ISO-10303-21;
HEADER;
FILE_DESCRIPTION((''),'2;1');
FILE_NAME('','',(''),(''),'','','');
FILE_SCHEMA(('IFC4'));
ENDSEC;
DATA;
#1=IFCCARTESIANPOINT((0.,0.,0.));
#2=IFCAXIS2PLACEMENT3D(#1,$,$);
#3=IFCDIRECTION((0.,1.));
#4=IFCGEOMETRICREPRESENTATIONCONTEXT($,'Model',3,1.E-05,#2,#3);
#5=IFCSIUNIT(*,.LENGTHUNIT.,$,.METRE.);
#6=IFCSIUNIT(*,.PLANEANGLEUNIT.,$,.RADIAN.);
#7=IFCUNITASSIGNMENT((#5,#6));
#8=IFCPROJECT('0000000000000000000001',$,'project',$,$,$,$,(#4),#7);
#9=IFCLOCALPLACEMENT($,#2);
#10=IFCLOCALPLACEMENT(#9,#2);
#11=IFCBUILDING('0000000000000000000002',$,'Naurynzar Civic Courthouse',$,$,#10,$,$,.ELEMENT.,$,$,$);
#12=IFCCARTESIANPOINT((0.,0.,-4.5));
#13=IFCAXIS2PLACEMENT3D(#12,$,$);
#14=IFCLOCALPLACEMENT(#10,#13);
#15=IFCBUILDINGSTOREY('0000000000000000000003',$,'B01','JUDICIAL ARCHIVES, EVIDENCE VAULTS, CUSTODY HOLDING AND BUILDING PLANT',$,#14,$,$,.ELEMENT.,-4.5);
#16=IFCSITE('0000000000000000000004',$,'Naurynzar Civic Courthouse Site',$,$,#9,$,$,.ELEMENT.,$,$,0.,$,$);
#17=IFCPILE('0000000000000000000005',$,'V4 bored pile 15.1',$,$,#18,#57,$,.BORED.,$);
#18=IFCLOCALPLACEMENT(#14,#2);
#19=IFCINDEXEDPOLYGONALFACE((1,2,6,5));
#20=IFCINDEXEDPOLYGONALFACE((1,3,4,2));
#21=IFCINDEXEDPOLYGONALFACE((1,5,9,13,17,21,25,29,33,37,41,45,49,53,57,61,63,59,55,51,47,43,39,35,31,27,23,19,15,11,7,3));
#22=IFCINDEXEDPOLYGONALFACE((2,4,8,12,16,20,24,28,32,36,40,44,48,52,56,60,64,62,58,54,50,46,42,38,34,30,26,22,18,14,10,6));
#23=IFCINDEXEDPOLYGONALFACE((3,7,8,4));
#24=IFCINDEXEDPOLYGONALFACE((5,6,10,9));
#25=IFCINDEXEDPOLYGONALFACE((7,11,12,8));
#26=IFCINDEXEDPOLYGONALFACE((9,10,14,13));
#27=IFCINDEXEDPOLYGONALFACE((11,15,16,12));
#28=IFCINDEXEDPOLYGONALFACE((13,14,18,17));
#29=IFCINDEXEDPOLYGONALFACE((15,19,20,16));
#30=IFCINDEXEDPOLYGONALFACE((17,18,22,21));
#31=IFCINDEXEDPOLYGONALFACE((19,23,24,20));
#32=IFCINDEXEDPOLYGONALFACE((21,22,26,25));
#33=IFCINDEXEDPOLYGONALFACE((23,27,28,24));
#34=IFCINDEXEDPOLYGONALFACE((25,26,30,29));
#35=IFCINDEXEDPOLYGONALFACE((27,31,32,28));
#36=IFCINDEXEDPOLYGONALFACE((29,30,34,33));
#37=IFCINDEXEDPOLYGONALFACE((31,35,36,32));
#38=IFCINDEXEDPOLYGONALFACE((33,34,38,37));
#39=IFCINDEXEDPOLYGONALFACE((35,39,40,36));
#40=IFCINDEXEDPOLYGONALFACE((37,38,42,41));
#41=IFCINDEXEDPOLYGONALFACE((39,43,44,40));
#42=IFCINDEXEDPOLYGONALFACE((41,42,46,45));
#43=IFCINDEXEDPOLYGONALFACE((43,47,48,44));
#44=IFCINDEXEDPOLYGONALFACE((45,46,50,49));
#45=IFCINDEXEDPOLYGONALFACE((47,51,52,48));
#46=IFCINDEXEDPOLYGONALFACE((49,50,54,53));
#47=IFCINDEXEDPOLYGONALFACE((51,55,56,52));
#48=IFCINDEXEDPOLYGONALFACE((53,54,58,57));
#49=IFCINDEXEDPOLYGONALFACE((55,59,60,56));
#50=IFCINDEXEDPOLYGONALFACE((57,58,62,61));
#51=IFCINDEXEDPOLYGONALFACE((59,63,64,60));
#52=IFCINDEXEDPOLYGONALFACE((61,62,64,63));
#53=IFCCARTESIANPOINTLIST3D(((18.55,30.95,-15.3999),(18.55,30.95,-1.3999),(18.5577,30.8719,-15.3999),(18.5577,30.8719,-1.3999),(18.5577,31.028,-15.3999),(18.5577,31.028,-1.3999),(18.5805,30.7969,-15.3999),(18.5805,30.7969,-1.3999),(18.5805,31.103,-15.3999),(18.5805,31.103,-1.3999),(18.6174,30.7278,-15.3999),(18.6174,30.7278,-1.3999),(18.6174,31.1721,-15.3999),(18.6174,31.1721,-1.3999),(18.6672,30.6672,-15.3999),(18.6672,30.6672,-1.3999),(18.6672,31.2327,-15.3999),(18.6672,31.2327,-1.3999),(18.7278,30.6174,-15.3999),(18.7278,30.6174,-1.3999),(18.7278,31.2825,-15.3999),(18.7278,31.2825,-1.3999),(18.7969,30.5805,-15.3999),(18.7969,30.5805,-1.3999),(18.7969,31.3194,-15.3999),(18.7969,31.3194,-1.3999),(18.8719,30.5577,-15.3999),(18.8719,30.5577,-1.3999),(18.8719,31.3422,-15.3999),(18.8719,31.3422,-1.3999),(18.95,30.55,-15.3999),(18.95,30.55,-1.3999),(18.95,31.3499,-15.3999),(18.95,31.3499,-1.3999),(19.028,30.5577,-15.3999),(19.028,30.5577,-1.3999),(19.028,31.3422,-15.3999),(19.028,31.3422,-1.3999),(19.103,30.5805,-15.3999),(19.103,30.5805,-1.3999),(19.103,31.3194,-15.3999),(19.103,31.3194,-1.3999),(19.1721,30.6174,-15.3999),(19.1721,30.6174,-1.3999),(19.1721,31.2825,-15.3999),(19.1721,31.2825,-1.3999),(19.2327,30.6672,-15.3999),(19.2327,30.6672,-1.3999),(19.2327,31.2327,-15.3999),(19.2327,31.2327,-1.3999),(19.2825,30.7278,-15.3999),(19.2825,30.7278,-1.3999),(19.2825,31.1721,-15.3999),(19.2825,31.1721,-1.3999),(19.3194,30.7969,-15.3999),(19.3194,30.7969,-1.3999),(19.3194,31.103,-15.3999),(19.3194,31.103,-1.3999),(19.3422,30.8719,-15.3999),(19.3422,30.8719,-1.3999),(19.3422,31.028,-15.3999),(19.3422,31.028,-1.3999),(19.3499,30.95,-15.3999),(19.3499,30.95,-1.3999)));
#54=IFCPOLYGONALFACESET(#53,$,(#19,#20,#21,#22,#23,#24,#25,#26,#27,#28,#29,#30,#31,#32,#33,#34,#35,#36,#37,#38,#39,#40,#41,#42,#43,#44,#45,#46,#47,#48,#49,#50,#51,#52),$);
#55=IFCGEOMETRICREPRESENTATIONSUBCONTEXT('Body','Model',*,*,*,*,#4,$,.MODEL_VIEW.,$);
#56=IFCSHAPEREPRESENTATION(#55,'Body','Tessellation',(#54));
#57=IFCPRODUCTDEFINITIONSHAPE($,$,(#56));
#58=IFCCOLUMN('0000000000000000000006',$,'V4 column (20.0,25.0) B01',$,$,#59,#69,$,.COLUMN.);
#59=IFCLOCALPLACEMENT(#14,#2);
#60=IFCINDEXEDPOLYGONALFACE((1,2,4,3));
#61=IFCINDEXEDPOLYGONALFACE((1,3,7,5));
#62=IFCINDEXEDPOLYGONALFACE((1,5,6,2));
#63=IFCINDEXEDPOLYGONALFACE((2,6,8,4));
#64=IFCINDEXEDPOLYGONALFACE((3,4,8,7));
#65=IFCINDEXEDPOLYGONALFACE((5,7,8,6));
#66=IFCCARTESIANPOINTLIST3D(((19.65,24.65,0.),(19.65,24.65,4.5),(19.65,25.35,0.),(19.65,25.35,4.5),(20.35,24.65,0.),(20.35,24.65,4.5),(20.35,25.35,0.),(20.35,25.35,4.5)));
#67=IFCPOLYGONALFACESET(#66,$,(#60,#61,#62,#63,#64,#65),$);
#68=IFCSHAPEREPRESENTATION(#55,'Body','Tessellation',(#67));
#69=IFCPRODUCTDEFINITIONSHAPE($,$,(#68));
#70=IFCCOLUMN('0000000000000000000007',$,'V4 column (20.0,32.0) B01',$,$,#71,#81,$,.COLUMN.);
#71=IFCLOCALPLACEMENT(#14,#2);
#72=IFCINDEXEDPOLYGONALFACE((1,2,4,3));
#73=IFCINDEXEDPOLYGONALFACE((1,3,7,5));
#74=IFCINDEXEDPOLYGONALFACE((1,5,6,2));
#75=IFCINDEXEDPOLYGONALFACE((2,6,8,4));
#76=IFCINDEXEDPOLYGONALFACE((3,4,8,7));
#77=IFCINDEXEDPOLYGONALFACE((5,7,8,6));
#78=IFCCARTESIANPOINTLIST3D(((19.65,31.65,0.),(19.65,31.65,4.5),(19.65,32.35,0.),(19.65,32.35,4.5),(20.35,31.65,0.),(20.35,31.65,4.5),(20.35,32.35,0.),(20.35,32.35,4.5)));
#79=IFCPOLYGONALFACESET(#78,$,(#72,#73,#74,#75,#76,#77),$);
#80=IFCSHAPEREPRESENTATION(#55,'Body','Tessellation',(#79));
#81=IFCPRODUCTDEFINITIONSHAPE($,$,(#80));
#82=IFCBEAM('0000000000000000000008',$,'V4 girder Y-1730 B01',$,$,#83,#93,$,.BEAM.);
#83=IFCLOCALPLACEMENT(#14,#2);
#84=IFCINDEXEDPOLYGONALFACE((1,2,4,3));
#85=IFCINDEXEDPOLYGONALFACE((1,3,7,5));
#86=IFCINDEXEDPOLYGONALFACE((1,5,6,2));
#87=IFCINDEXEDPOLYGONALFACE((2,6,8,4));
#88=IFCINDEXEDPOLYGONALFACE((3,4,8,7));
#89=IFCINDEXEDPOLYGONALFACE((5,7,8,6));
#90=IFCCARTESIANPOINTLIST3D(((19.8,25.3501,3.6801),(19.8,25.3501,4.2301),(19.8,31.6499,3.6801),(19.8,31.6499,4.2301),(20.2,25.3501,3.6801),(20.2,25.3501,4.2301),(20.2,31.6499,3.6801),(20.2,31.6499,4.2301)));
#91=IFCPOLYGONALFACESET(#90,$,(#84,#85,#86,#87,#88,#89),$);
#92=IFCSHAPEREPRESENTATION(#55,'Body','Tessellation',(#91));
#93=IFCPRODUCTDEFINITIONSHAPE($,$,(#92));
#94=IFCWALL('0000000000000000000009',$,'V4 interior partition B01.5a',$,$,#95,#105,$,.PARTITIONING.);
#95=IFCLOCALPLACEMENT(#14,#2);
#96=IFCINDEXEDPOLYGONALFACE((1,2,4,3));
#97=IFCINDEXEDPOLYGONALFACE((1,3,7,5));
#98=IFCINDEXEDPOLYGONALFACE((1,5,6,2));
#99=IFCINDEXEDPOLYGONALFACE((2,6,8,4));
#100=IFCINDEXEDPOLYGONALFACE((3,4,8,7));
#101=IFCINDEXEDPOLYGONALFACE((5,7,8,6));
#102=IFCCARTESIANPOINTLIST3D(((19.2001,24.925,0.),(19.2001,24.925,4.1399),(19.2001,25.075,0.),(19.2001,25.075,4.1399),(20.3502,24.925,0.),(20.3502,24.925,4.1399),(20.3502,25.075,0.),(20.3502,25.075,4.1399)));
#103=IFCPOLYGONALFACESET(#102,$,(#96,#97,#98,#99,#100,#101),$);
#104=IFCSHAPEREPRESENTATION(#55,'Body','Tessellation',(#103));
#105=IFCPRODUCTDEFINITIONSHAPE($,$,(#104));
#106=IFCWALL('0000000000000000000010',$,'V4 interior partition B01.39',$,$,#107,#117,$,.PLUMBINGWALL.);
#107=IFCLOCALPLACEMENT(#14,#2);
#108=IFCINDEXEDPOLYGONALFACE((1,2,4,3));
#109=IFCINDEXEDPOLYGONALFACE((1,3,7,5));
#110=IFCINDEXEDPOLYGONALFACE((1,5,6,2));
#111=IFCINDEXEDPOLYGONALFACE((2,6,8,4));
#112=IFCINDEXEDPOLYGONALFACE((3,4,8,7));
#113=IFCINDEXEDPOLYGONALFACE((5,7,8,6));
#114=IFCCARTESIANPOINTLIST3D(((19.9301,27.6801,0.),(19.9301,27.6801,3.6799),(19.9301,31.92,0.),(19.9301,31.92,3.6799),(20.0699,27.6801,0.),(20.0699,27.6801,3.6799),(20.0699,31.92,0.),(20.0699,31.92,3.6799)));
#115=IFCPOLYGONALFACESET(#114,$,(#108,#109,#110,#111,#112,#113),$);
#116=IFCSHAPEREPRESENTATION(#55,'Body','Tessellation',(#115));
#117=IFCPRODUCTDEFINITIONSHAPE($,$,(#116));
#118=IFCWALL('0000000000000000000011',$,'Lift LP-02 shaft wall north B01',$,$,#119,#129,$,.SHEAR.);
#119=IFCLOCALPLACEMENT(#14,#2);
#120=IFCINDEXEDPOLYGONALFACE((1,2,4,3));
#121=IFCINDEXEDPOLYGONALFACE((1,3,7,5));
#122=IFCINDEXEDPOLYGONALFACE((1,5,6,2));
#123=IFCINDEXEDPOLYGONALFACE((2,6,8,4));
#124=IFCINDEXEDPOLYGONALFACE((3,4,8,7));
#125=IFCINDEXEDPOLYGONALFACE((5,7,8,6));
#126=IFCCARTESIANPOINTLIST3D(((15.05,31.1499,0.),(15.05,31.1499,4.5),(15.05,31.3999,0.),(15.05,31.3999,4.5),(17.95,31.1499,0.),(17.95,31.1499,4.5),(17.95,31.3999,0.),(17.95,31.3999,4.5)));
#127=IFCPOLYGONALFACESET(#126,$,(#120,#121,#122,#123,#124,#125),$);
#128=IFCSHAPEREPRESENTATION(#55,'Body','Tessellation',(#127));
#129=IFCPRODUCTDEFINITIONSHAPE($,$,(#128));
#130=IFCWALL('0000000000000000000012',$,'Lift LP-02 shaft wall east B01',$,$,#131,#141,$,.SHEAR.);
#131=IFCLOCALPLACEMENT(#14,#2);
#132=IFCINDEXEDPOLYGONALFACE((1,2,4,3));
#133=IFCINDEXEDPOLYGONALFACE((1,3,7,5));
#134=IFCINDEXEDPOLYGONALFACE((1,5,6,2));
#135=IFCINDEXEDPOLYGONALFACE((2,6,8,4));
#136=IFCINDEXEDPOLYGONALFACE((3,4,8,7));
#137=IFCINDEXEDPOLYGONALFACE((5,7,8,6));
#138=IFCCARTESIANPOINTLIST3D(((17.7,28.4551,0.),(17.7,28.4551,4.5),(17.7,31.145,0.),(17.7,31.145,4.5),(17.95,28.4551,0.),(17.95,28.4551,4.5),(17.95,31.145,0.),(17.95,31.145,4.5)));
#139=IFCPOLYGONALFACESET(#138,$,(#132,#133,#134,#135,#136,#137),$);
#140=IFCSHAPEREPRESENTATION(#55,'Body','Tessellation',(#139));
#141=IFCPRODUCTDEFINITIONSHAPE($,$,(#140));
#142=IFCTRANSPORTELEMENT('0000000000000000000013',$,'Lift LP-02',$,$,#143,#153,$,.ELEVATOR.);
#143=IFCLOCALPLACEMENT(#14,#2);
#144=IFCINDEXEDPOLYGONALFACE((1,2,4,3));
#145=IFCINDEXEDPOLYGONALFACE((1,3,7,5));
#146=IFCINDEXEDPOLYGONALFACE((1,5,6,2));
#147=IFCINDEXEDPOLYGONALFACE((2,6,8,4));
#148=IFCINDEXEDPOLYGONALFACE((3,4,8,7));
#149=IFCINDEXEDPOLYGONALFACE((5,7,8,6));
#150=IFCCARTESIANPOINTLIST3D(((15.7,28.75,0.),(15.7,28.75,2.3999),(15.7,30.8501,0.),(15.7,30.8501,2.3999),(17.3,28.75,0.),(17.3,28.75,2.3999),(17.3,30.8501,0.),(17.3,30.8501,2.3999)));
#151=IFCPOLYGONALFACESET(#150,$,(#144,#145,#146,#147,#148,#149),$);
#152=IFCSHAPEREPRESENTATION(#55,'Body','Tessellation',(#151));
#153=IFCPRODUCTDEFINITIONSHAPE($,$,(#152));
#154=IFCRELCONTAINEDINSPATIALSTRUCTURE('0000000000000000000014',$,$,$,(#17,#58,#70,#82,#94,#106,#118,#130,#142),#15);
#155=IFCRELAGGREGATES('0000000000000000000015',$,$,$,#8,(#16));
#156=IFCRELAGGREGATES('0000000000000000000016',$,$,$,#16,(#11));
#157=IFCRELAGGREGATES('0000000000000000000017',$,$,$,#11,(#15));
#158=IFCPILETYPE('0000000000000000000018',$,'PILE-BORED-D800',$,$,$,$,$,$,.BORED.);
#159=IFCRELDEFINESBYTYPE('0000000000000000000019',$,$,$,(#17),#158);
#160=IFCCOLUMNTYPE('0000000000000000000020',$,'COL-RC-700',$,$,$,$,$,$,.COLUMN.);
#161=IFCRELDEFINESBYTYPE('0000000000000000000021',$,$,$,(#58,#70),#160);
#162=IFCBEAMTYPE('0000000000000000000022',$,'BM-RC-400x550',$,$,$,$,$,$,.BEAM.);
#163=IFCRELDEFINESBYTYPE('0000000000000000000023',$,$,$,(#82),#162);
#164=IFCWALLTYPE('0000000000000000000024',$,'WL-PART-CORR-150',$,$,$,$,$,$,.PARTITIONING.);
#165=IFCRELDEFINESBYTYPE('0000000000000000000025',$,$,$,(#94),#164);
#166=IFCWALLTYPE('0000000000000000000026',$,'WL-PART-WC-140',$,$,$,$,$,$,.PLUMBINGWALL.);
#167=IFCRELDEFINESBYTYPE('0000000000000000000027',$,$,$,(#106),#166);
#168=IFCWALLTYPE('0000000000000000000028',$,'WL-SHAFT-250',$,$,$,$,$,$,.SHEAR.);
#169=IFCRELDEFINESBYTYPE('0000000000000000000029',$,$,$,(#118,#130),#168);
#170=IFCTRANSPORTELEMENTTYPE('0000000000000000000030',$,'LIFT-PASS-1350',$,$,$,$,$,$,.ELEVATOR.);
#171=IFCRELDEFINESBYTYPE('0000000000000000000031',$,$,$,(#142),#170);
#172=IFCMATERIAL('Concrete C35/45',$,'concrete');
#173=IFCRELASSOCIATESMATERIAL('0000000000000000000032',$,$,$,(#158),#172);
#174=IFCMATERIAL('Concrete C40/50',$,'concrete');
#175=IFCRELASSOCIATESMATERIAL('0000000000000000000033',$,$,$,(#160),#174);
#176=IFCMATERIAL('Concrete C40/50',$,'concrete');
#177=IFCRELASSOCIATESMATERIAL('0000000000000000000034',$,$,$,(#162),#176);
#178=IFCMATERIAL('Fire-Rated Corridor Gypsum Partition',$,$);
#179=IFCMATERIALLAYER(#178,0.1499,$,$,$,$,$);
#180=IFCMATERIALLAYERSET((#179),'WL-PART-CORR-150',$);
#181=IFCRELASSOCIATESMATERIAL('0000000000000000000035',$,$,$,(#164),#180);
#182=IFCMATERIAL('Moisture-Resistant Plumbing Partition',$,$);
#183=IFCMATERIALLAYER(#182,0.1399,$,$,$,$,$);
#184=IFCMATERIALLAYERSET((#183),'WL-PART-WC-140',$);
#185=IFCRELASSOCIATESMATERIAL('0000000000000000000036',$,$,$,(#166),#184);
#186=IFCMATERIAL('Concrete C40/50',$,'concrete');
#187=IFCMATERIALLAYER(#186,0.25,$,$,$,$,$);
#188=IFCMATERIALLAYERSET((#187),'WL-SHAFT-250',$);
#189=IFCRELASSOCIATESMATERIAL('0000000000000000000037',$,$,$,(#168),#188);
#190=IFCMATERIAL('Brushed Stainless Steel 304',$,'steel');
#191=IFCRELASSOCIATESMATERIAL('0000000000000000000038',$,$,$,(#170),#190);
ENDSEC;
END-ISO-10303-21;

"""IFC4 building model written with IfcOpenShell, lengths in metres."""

from ifc_helpers import new_model, si_unit, direction, frame, frame_2d, origin, origin_2d, place, context, subcontext, project, spatial, rectangle, circle, extrude, material, layer, layer_set, material_profile, profile_set, type_object, element, save


model = new_model("IFC4")

# Units and contexts
model_context = context("Model", 3, precision=1e-05, world=origin(), true_north=direction((0.0, 1.0)))
body_context = subcontext(model_context, "Body", "Model", "MODEL_VIEW")
ifc_project = project(units=[si_unit("LENGTHUNIT", "METRE"), si_unit("PLANEANGLEUNIT", "RADIAN")], contexts=[model_context])

# Site, building, storey
site_placement = place(None, origin())
site = spatial("IfcSite", under=ifc_project, at=site_placement, Name="Naurynzar Civic Courthouse Site", CompositionType="ELEMENT", RefElevation=0.0)
building_placement = place(site_placement, origin())
building = spatial("IfcBuilding", under=site, at=building_placement, Name="Naurynzar Civic Courthouse", CompositionType="ELEMENT")
storey_placement = place(building_placement, frame((0.0, 0.0, -4.5)))
storey = spatial("IfcBuildingStorey", under=building, at=storey_placement, Name="B01", Description="JUDICIAL ARCHIVES, EVIDENCE VAULTS, CUSTODY HOLDING AND BUILDING PLANT", CompositionType="ELEMENT", Elevation=-4.5)

# Pile
ifc_material_1 = material(Name="Concrete C35/45", Category="concrete")
ifc_material_profile_1 = material_profile(ifc_material_1, circle(Radius=0.3999, at=origin_2d()), Name="PILE D800")
ifc_profile_set_1 = profile_set([ifc_material_profile_1], Name="Concrete C35/45")
pile_type = type_object("IfcPileType", Name="PILE-BORED-D800", PredefinedType="BORED", material=ifc_profile_set_1)
for number, where, z_axis, x_axis, name in (
    (1, (18.95, 30.95, -1.3999), (0.0, 0.0, -1.0), (1.0, 0.0, 0.0), "V4 bored pile 15.1"),
):
    element("IfcPile", number, at=place(storey_placement, frame(where, z_axis=z_axis, x_axis=x_axis)), inside=storey, type_object=pile_type, Name=name, PredefinedType="BORED", context=body_context, shape_type="SweptSolid", body=[
        extrude(circle(Radius=0.3999, at=origin_2d()), origin(), (0.0, 0.0, 1.0), 14.0),
    ])

# Columns
ifc_material_2 = material(Name="Concrete C40/50", Category="concrete")
ifc_material_profile_2 = material_profile(ifc_material_2, rectangle(XDim=0.7, YDim=0.7, at=origin_2d()), Name="RC 700x700")
ifc_profile_set_2 = profile_set([ifc_material_profile_2], Name="Concrete C40/50")
column_type = type_object("IfcColumnType", Name="COL-RC-700", PredefinedType="COLUMN", material=ifc_profile_set_2)
for number, where, z_axis, x_axis, name in (
    (2, (20.0, 25.0, 0.0), (0.0, 0.0, 1.0), (1.0, 0.0, 0.0), "V4 column (20.0,25.0) B01"),
    (3, (20.0, 32.0, 0.0), (0.0, 0.0, 1.0), (1.0, 0.0, 0.0), "V4 column (20.0,32.0) B01"),
):
    element("IfcColumn", number, at=place(storey_placement, frame(where, z_axis=z_axis, x_axis=x_axis)), inside=storey, type_object=column_type, Name=name, PredefinedType="COLUMN", context=body_context, shape_type="SweptSolid", body=[
        extrude(rectangle(XDim=0.7, YDim=0.7, at=origin_2d()), origin(), (0.0, 0.0, 1.0), 4.5),
    ])

# Beam
ifc_material_3 = material(Name="Concrete C40/50", Category="concrete")
ifc_material_profile_3 = material_profile(ifc_material_3, rectangle(XDim=0.3999, YDim=0.55, at=origin_2d()), Name="RCB 400x550")
ifc_profile_set_3 = profile_set([ifc_material_profile_3], Name="Concrete C40/50")
beam_type = type_object("IfcBeamType", Name="BM-RC-400x550", PredefinedType="BEAM", material=ifc_profile_set_3)
beam_placement = place(storey_placement, frame((20.0, 25.3501, 3.9551), z_axis=(0.0, 1.0, 0.0), x_axis=(-1.0, 0.0, 0.0)))
element("IfcBeam", 4, at=beam_placement, inside=storey, type_object=beam_type, Name="V4 girder Y-1730 B01", PredefinedType="BEAM", context=body_context, shape_type="SweptSolid", body=[
    extrude(rectangle(XDim=0.3999, YDim=0.55, at=origin_2d()), origin(), (0.0, 0.0, 1.0), 6.2998),
])

# Walls
ifc_material_4 = material(Name="Fire-Rated Corridor Gypsum Partition")
ifc_layer_1 = layer(ifc_material_4, 0.1499)
ifc_layer_set_1 = layer_set([ifc_layer_1], Name="WL-PART-CORR-150")
wall_type_1 = type_object("IfcWallType", Name="WL-PART-CORR-150", PredefinedType="PARTITIONING", material=ifc_layer_set_1)
wall_1_placement = place(storey_placement, frame((19.2, 25.0, 0.0), z_axis=(0.0, 0.0, 1.0), x_axis=(1.0, 0.0, 0.0)))
element("IfcWall", 5, at=wall_1_placement, inside=storey, type_object=wall_type_1, Name="V4 interior partition B01.5a", PredefinedType="PARTITIONING", context=body_context, shape_type="SweptSolid", body=[
    extrude(rectangle(XDim=1.1501, YDim=0.1499, at=frame_2d((0.5752, 0.0))), origin(), (0.0, 0.0, 1.0), 4.1399),
])
ifc_material_5 = material(Name="Moisture-Resistant Plumbing Partition")
ifc_layer_2 = layer(ifc_material_5, 0.1399)
ifc_layer_set_2 = layer_set([ifc_layer_2], Name="WL-PART-WC-140")
wall_type_2 = type_object("IfcWallType", Name="WL-PART-WC-140", PredefinedType="PLUMBINGWALL", material=ifc_layer_set_2)
wall_2_placement = place(storey_placement, frame((20.0, 27.6799, 0.0), z_axis=(0.0, 0.0, 1.0), x_axis=(0.0, 1.0, 0.0)))
element("IfcWall", 6, at=wall_2_placement, inside=storey, type_object=wall_type_2, Name="V4 interior partition B01.39", PredefinedType="PLUMBINGWALL", context=body_context, shape_type="SweptSolid", body=[
    extrude(rectangle(XDim=4.24, YDim=0.1399, at=frame_2d((2.1201, 0.0))), origin(), (0.0, 0.0, 1.0), 3.6799),
])
ifc_material_6 = material(Name="Concrete C40/50", Category="concrete")
ifc_layer_3 = layer(ifc_material_6, 0.25)
ifc_layer_set_3 = layer_set([ifc_layer_3], Name="WL-SHAFT-250")
wall_type_3 = type_object("IfcWallType", Name="WL-SHAFT-250", PredefinedType="SHEAR", material=ifc_layer_set_3)
wall_3_placement = place(storey_placement, frame((17.95, 31.2749, 0.0), z_axis=(0.0, 0.0, 1.0), x_axis=(-1.0, 0.0, 0.0)))
element("IfcWall", 7, at=wall_3_placement, inside=storey, type_object=wall_type_3, Name="Lift LP-02 shaft wall north B01", PredefinedType="SHEAR", context=body_context, shape_type="SweptSolid", body=[
    extrude(rectangle(XDim=2.8999, YDim=0.25, at=frame_2d((1.45, 0.0))), origin(), (0.0, 0.0, 1.0), 4.5),
])
wall_4_placement = place(storey_placement, frame((17.825, 28.4551, 0.0), z_axis=(0.0, 0.0, 1.0), x_axis=(0.0, 1.0, 0.0)))
element("IfcWall", 8, at=wall_4_placement, inside=storey, type_object=wall_type_3, Name="Lift LP-02 shaft wall east B01", PredefinedType="SHEAR", context=body_context, shape_type="SweptSolid", body=[
    extrude(rectangle(XDim=2.6899, YDim=0.25, at=frame_2d((1.345, 0.0))), origin(), (0.0, 0.0, 1.0), 4.5),
])

# Transport element
ifc_material_7 = material(Name="Brushed Stainless Steel 304", Category="steel")
transport_element_type = type_object("IfcTransportElementType", Name="LIFT-PASS-1350", PredefinedType="ELEVATOR", material=ifc_material_7)
transport_element_placement = place(storey_placement, frame((16.5, 29.8, 0.0), z_axis=(0.0, 0.0, 1.0), x_axis=(1.0, 0.0, 0.0)))
element("IfcTransportElement", 9, at=transport_element_placement, inside=storey, type_object=transport_element_type, Name="Lift LP-02", PredefinedType="ELEVATOR", context=body_context, shape_type="SweptSolid", body=[
    extrude(rectangle(XDim=1.6001, YDim=2.1001, at=origin_2d()), origin(), (0.0, 0.0, 1.0), 2.3999),
])

save(model, "model.ifc")
